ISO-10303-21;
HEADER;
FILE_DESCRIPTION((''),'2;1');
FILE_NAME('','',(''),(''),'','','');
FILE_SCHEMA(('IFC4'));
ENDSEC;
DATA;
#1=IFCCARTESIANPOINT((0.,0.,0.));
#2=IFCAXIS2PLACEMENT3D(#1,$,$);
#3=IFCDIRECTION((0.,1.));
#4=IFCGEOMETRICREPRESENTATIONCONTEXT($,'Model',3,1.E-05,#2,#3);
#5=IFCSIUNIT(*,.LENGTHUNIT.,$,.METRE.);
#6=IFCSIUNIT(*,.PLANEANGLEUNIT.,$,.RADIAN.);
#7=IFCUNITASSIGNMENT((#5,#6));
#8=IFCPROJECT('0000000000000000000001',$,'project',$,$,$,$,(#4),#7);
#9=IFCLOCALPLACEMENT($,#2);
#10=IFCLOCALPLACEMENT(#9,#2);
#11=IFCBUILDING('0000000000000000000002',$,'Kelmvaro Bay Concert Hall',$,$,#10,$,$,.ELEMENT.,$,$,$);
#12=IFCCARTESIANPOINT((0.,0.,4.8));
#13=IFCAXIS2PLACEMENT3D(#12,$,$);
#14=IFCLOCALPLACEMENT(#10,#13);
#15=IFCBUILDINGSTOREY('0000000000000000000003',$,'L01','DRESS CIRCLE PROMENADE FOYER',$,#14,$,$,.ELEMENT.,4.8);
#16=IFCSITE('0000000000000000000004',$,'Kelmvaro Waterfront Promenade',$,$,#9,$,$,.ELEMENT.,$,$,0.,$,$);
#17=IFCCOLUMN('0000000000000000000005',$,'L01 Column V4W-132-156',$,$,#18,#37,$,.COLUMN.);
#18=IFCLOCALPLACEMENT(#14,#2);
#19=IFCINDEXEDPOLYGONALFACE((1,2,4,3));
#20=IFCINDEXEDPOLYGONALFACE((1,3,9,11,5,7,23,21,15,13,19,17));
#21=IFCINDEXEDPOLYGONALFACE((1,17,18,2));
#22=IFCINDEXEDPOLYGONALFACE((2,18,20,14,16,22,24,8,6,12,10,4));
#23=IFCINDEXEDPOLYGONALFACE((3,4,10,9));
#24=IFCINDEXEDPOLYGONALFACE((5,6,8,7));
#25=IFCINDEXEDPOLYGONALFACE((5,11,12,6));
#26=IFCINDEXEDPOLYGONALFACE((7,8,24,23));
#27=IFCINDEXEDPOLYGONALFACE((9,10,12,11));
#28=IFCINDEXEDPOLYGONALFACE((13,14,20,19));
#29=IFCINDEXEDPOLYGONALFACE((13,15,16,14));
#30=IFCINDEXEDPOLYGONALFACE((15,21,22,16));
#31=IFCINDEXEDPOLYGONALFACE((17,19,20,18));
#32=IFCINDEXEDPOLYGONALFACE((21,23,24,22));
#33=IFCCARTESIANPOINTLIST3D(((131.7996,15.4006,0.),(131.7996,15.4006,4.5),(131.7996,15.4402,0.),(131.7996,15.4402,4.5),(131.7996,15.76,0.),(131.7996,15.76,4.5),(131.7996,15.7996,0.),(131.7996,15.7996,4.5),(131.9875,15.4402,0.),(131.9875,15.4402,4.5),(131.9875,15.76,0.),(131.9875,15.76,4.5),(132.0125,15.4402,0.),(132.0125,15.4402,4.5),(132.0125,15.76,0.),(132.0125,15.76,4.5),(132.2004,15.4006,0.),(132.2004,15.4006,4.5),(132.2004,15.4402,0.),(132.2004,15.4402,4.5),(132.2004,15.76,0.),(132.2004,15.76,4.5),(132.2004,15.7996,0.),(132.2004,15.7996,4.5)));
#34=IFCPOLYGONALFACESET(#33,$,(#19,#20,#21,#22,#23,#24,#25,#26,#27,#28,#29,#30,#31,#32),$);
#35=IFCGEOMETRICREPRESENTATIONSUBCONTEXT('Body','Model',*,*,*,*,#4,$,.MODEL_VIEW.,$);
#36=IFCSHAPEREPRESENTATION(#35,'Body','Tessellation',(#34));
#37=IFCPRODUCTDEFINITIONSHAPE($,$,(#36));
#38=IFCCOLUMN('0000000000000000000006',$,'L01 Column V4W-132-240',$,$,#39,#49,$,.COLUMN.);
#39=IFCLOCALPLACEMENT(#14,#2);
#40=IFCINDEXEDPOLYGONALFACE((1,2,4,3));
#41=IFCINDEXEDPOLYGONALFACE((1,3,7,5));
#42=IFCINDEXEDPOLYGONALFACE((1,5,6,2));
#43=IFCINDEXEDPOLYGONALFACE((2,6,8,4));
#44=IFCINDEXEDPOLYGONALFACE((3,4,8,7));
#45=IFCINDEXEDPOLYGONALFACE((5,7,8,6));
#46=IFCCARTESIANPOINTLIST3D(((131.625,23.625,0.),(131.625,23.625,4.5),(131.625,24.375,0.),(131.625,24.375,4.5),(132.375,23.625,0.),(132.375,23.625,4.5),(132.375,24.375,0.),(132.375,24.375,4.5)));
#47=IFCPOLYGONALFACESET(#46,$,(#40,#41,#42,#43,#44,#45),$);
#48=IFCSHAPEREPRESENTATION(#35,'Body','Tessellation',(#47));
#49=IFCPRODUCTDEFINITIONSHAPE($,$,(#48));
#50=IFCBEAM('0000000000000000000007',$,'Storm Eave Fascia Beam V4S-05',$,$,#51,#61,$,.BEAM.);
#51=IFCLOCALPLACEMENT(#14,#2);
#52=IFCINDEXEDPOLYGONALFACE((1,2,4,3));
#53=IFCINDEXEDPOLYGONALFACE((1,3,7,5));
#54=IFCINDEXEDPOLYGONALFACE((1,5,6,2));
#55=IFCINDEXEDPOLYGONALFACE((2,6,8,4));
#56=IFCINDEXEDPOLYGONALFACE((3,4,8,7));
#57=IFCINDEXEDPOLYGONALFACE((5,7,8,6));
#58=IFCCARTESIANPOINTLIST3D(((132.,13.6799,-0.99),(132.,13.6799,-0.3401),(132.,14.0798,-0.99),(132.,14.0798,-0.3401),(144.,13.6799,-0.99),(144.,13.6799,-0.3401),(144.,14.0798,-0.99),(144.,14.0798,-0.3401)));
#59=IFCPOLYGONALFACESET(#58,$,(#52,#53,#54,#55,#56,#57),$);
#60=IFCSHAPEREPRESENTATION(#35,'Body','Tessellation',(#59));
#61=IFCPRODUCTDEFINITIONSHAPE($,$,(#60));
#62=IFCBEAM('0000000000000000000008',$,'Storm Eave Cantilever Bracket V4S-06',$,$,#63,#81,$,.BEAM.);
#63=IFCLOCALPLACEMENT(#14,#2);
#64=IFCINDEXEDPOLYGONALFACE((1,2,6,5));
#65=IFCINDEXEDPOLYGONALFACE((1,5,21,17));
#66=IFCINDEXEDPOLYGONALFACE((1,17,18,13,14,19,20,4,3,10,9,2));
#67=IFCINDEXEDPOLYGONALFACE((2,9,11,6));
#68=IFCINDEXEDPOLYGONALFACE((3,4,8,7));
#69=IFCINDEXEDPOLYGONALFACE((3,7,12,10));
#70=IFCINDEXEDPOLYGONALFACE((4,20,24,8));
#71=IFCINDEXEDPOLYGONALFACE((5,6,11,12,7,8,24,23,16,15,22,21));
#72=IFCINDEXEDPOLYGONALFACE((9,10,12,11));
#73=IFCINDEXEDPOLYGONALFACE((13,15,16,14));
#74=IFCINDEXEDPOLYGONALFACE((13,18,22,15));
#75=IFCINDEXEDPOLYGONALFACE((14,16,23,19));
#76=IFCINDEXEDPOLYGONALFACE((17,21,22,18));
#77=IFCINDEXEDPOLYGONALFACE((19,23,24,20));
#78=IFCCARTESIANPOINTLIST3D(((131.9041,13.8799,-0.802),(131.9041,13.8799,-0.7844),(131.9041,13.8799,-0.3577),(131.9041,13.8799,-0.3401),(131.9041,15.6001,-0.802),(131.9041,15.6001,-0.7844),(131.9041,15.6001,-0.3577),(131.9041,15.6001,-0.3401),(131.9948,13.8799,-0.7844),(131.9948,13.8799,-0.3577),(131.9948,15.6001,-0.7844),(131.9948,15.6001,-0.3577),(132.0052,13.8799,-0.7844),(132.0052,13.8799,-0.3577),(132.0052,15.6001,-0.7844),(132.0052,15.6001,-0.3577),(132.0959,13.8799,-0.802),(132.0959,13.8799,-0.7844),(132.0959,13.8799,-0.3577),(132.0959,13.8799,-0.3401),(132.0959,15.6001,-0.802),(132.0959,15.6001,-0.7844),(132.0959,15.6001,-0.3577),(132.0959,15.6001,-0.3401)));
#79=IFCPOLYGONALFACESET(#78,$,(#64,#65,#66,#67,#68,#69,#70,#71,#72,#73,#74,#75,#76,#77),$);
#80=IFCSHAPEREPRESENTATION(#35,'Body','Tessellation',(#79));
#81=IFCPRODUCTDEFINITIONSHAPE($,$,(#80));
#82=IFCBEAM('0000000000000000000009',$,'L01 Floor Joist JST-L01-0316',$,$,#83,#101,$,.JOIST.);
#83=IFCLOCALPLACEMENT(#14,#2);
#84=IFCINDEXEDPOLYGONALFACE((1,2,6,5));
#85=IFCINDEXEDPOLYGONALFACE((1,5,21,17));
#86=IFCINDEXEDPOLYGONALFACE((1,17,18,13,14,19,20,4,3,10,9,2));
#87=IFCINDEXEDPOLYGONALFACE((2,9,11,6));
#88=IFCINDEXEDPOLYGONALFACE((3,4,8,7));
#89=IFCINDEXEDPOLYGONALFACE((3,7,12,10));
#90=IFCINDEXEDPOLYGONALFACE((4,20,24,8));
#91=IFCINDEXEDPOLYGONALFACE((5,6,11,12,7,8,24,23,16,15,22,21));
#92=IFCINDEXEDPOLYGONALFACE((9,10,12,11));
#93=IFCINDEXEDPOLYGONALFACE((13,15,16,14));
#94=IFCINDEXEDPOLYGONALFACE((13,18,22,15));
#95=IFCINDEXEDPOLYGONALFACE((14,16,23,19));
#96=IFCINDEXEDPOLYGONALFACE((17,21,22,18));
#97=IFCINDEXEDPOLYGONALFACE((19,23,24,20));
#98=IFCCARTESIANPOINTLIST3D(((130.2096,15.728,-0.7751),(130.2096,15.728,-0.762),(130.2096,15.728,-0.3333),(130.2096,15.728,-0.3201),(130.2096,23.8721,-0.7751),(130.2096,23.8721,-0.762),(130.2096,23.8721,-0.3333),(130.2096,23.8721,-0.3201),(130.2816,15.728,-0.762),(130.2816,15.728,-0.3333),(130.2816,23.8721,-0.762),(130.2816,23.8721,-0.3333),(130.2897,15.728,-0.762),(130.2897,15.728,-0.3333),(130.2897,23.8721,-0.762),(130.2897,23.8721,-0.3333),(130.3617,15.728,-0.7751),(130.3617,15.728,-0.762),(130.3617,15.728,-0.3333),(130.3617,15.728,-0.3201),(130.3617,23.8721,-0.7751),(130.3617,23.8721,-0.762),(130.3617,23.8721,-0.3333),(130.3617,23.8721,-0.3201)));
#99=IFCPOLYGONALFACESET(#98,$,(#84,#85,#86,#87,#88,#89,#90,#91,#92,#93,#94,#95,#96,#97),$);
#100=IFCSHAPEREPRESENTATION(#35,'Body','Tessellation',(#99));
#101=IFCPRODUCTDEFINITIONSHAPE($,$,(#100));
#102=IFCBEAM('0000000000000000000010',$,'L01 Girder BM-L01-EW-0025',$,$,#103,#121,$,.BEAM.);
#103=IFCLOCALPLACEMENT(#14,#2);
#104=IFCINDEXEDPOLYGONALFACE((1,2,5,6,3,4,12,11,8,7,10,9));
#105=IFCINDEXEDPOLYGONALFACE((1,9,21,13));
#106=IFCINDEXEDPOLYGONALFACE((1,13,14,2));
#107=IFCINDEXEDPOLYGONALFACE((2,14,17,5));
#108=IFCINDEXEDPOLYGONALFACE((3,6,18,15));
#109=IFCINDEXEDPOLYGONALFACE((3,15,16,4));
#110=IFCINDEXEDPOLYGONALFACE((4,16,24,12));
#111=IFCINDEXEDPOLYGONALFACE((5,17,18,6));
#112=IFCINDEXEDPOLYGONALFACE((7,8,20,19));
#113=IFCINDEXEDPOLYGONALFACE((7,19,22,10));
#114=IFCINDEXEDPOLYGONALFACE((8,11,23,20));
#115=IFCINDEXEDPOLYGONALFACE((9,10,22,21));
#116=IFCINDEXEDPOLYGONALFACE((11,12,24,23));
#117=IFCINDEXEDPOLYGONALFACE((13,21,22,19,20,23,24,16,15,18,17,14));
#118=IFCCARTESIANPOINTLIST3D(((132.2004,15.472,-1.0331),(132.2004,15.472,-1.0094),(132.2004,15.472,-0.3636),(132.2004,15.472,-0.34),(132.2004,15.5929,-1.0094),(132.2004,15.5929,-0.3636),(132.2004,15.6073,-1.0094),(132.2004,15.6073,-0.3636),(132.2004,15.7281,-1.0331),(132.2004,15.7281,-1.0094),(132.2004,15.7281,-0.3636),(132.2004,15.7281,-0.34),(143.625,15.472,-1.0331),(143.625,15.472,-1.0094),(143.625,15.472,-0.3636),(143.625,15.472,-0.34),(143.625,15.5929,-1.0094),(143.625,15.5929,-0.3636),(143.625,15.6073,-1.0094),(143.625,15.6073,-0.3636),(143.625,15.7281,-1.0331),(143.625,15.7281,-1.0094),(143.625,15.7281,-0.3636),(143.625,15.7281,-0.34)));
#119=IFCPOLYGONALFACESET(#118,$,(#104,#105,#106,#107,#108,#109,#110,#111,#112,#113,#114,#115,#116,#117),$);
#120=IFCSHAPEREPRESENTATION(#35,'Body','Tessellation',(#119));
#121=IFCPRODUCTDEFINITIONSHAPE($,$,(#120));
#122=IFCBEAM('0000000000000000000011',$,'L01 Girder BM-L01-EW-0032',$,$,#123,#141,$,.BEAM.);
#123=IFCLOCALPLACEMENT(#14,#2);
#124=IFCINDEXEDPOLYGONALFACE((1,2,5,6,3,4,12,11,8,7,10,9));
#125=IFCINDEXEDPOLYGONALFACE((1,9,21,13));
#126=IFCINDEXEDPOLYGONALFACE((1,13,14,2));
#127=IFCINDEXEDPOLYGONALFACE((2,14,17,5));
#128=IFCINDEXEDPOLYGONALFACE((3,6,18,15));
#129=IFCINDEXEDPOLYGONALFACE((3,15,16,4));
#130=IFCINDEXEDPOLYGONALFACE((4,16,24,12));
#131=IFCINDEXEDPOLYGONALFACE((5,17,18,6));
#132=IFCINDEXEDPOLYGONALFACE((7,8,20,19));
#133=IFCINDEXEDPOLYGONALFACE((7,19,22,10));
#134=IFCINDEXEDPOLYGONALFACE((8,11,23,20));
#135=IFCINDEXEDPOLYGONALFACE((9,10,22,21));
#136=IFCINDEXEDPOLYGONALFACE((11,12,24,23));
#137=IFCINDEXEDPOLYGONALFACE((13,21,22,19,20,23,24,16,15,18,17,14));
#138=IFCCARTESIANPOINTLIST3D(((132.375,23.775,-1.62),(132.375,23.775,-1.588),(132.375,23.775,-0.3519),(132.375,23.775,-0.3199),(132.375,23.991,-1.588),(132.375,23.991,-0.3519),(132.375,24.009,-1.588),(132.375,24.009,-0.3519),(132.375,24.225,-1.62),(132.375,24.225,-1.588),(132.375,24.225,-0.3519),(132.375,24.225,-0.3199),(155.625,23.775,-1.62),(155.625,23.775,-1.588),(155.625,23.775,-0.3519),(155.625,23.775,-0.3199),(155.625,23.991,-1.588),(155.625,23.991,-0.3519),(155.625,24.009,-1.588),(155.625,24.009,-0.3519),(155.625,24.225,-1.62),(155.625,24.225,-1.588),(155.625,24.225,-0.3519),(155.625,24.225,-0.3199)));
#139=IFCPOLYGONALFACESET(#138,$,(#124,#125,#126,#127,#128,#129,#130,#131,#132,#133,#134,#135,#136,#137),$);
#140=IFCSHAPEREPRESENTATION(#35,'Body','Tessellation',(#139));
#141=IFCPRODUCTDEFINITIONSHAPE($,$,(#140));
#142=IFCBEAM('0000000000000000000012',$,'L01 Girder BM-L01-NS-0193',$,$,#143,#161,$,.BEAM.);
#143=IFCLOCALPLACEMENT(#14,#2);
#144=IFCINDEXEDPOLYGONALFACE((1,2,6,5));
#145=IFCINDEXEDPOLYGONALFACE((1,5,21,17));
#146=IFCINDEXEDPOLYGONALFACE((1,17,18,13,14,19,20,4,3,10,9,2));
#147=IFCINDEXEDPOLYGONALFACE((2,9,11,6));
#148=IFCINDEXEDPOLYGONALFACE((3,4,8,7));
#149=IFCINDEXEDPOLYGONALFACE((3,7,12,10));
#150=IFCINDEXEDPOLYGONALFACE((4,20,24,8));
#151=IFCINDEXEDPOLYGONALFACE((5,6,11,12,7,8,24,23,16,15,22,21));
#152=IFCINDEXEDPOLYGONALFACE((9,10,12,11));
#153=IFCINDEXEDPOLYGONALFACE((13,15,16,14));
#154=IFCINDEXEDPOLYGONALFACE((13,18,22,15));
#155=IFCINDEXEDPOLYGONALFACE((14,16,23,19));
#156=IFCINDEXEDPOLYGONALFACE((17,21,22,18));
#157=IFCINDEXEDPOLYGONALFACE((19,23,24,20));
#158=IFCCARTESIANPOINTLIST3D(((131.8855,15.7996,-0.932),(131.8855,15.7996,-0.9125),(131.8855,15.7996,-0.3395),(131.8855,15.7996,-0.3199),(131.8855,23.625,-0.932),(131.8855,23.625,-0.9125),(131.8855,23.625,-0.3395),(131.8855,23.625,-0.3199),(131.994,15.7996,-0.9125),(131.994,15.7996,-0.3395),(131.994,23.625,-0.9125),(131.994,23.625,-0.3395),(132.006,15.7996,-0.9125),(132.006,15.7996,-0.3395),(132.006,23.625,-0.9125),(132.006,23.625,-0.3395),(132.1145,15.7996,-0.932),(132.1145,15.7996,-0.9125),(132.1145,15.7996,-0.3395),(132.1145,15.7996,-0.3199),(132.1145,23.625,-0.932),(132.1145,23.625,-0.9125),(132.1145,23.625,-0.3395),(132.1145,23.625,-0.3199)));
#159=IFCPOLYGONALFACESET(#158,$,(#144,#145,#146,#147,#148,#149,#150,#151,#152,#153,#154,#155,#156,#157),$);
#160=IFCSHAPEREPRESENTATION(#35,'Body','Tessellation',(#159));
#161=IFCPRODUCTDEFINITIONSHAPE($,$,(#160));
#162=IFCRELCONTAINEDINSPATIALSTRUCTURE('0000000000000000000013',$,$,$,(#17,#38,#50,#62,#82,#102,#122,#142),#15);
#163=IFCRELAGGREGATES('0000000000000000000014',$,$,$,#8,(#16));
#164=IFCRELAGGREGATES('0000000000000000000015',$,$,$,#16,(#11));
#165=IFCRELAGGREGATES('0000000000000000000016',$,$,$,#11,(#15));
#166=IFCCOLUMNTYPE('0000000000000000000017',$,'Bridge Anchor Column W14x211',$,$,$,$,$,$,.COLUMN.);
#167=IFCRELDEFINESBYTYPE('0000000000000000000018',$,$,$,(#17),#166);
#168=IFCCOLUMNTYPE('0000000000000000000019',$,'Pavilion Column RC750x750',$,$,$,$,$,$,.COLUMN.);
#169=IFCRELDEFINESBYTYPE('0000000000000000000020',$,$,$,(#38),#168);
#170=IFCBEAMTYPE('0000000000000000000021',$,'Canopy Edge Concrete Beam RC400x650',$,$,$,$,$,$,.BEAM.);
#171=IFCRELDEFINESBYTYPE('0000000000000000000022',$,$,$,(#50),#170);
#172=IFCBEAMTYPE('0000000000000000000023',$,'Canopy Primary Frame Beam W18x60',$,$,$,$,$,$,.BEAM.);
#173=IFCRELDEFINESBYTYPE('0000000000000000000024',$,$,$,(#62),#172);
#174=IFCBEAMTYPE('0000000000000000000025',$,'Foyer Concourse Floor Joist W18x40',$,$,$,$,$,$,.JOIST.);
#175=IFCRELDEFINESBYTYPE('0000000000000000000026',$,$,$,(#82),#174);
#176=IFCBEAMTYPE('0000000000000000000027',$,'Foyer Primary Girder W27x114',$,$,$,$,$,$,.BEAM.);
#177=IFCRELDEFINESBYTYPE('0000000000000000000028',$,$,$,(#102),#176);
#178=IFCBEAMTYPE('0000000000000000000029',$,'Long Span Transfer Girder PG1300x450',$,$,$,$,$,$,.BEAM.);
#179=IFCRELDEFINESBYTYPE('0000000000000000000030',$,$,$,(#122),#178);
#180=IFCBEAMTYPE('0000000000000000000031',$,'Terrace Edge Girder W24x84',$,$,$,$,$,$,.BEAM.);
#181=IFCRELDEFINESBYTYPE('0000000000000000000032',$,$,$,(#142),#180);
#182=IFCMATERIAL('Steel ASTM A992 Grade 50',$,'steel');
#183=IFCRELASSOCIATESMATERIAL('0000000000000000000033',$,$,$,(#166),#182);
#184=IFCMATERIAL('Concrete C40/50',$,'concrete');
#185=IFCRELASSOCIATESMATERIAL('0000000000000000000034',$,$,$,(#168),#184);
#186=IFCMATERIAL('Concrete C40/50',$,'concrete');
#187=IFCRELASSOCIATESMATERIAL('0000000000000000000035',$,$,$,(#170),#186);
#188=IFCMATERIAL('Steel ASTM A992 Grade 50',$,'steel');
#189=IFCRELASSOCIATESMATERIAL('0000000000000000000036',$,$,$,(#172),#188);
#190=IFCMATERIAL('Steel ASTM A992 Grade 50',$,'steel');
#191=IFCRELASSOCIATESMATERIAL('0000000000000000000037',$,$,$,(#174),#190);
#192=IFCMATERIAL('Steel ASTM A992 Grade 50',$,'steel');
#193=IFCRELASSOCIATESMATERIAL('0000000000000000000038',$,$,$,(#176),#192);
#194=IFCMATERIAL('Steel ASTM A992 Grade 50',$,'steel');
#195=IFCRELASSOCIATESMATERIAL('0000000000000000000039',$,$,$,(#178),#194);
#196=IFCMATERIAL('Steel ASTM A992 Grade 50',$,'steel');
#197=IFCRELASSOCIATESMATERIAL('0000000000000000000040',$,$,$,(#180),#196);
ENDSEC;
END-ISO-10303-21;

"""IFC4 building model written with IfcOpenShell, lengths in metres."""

from ifc_helpers import new_model, si_unit, direction, frame, origin, origin_2d, place, context, subcontext, project, spatial, rectangle, i_section, extrude, material, material_profile, profile_set, type_object, element, save


model = new_model("IFC4")

# Units and contexts
model_context = context("Model", 3, precision=1e-05, world=origin(), true_north=direction((0.0, 1.0)))
body_context = subcontext(model_context, "Body", "Model", "MODEL_VIEW")
ifc_project = project(units=[si_unit("LENGTHUNIT", "METRE"), si_unit("PLANEANGLEUNIT", "RADIAN")], contexts=[model_context])

# Site, building, storey
site_placement = place(None, origin())
site = spatial("IfcSite", under=ifc_project, at=site_placement, Name="Kelmvaro Waterfront Promenade", CompositionType="ELEMENT", RefElevation=0.0)
building_placement = place(site_placement, origin())
building = spatial("IfcBuilding", under=site, at=building_placement, Name="Kelmvaro Bay Concert Hall", CompositionType="ELEMENT")
storey_placement = place(building_placement, frame((0.0, 0.0, 4.8)))
storey = spatial("IfcBuildingStorey", under=building, at=storey_placement, Name="L01", Description="DRESS CIRCLE PROMENADE FOYER", CompositionType="ELEMENT", Elevation=4.8)

# Columns
ifc_material_1 = material(Name="Steel ASTM A992 Grade 50", Category="steel")
ifc_material_profile_1 = material_profile(ifc_material_1, i_section(OverallWidth=0.4009, OverallDepth=0.3989, WebThickness=0.0249, FlangeThickness=0.0396, at=origin_2d()), Name="W14X211")
ifc_profile_set_1 = profile_set([ifc_material_profile_1], Name="Steel ASTM A992 Grade 50")
column_type_1 = type_object("IfcColumnType", Name="Bridge Anchor Column W14x211", PredefinedType="COLUMN", material=ifc_profile_set_1)
column_1_placement = place(storey_placement, frame((132.0, 15.6001, 0.0), z_axis=(0.0, 0.0, 1.0), x_axis=(1.0, 0.0, 0.0)))
element("IfcColumn", 1, at=column_1_placement, inside=storey, type_object=column_type_1, Name="L01 Column V4W-132-156", PredefinedType="COLUMN", context=body_context, shape_type="SweptSolid", body=[
    extrude(i_section(OverallWidth=0.4009, OverallDepth=0.3989, WebThickness=0.0249, FlangeThickness=0.0396, at=origin_2d()), origin(), (0.0, 0.0, 1.0), 4.5),
])
ifc_material_2 = material(Name="Concrete C40/50", Category="concrete")
ifc_material_profile_2 = material_profile(ifc_material_2, rectangle(XDim=0.75, YDim=0.75, at=origin_2d()), Name="RC-COL-750X750")
ifc_profile_set_2 = profile_set([ifc_material_profile_2], Name="Concrete C40/50")
column_type_2 = type_object("IfcColumnType", Name="Pavilion Column RC750x750", PredefinedType="COLUMN", material=ifc_profile_set_2)
column_2_placement = place(storey_placement, frame((132.0, 24.0, 0.0), z_axis=(0.0, 0.0, 1.0), x_axis=(1.0, 0.0, 0.0)))
element("IfcColumn", 2, at=column_2_placement, inside=storey, type_object=column_type_2, Name="L01 Column V4W-132-240", PredefinedType="COLUMN", context=body_context, shape_type="SweptSolid", body=[
    extrude(rectangle(XDim=0.75, YDim=0.75, at=origin_2d()), origin(), (0.0, 0.0, 1.0), 4.5),
])

# Beams
ifc_material_3 = material(Name="Concrete C40/50", Category="concrete")
ifc_material_profile_3 = material_profile(ifc_material_3, rectangle(XDim=0.3999, YDim=0.6499, at=origin_2d()), Name="RC-BM-400X650")
ifc_profile_set_3 = profile_set([ifc_material_profile_3], Name="Concrete C40/50")
beam_type_1 = type_object("IfcBeamType", Name="Canopy Edge Concrete Beam RC400x650", PredefinedType="BEAM", material=ifc_profile_set_3)
beam_1_placement = place(storey_placement, frame((132.0, 13.8799, -0.665), z_axis=(1.0, 0.0, 0.0), x_axis=(0.0, 1.0, 0.0)))
element("IfcBeam", 3, at=beam_1_placement, inside=storey, type_object=beam_type_1, Name="Storm Eave Fascia Beam V4S-05", PredefinedType="BEAM", context=body_context, shape_type="SweptSolid", body=[
    extrude(rectangle(XDim=0.3999, YDim=0.6499, at=origin_2d()), origin(), (0.0, 0.0, 1.0), 12.0),
])
ifc_material_4 = material(Name="Steel ASTM A992 Grade 50", Category="steel")
ifc_material_profile_4 = material_profile(ifc_material_4, i_section(OverallWidth=0.1919, OverallDepth=0.4619, WebThickness=0.0105, FlangeThickness=0.0176, at=origin_2d()), Name="W18X60")
ifc_profile_set_4 = profile_set([ifc_material_profile_4], Name="Steel ASTM A992 Grade 50")
beam_type_2 = type_object("IfcBeamType", Name="Canopy Primary Frame Beam W18x60", PredefinedType="BEAM", material=ifc_profile_set_4)
beam_2_placement = place(storey_placement, frame((132.0, 15.6001, -0.571), z_axis=(0.0, -1.0, 0.0), x_axis=(1.0, 0.0, 0.0)))
element("IfcBeam", 4, at=beam_2_placement, inside=storey, type_object=beam_type_2, Name="Storm Eave Cantilever Bracket V4S-06", PredefinedType="BEAM", context=body_context, shape_type="SweptSolid", body=[
    extrude(i_section(OverallWidth=0.1919, OverallDepth=0.4619, WebThickness=0.0105, FlangeThickness=0.0176, at=origin_2d()), origin(), (0.0, 0.0, 1.0), 1.7202),
])
ifc_material_5 = material(Name="Steel ASTM A992 Grade 50", Category="steel")
ifc_material_profile_5 = material_profile(ifc_material_5, i_section(OverallWidth=0.1521, OverallDepth=0.4551, WebThickness=0.0081, FlangeThickness=0.0132, at=origin_2d()), Name="W18X40")
ifc_profile_set_5 = profile_set([ifc_material_profile_5], Name="Steel ASTM A992 Grade 50")
beam_type_3 = type_object("IfcBeamType", Name="Foyer Concourse Floor Joist W18x40", PredefinedType="JOIST", material=ifc_profile_set_5)
beam_3_placement = place(storey_placement, frame((130.2856, 15.728, -0.5476), z_axis=(0.0, 1.0, 0.0), x_axis=(-1.0, 0.0, 0.0)))
element("IfcBeam", 5, at=beam_3_placement, inside=storey, type_object=beam_type_3, Name="L01 Floor Joist JST-L01-0316", PredefinedType="JOIST", context=body_context, shape_type="SweptSolid", body=[
    extrude(i_section(OverallWidth=0.1521, OverallDepth=0.4551, WebThickness=0.0081, FlangeThickness=0.0132, at=origin_2d()), origin(), (0.0, 0.0, 1.0), 8.144),
])
ifc_material_6 = material(Name="Steel ASTM A992 Grade 50", Category="steel")
ifc_material_profile_6 = material_profile(ifc_material_6, i_section(OverallWidth=0.2561, OverallDepth=0.6931, WebThickness=0.0144, FlangeThickness=0.0237, at=origin_2d()), Name="W27X114")
ifc_profile_set_6 = profile_set([ifc_material_profile_6], Name="Steel ASTM A992 Grade 50")
beam_type_4 = type_object("IfcBeamType", Name="Foyer Primary Girder W27x114", PredefinedType="BEAM", material=ifc_profile_set_6)
beam_4_placement = place(storey_placement, frame((132.2004, 15.6001, -0.6865), z_axis=(1.0, 0.0, 0.0), x_axis=(0.0, 1.0, 0.0)))
element("IfcBeam", 6, at=beam_4_placement, inside=storey, type_object=beam_type_4, Name="L01 Girder BM-L01-EW-0025", PredefinedType="BEAM", context=body_context, shape_type="SweptSolid", body=[
    extrude(i_section(OverallWidth=0.2561, OverallDepth=0.6931, WebThickness=0.0144, FlangeThickness=0.0237, at=origin_2d()), origin(), (0.0, 0.0, 1.0), 11.4246),
])
ifc_material_7 = material(Name="Steel ASTM A992 Grade 50", Category="steel")
ifc_material_profile_7 = material_profile(ifc_material_7, i_section(OverallWidth=0.45, OverallDepth=1.3, WebThickness=0.0181, FlangeThickness=0.032, at=origin_2d()), Name="PG1300X450")
ifc_profile_set_7 = profile_set([ifc_material_profile_7], Name="Steel ASTM A992 Grade 50")
beam_type_5 = type_object("IfcBeamType", Name="Long Span Transfer Girder PG1300x450", PredefinedType="BEAM", material=ifc_profile_set_7)
beam_5_placement = place(storey_placement, frame((132.375, 24.0, -0.97), z_axis=(1.0, 0.0, 0.0), x_axis=(0.0, 1.0, 0.0)))
element("IfcBeam", 7, at=beam_5_placement, inside=storey, type_object=beam_type_5, Name="L01 Girder BM-L01-EW-0032", PredefinedType="BEAM", context=body_context, shape_type="SweptSolid", body=[
    extrude(i_section(OverallWidth=0.45, OverallDepth=1.3, WebThickness=0.0181, FlangeThickness=0.032, at=origin_2d()), origin(), (0.0, 0.0, 1.0), 23.25),
])
ifc_material_8 = material(Name="Steel ASTM A992 Grade 50", Category="steel")
ifc_material_profile_8 = material_profile(ifc_material_8, i_section(OverallWidth=0.229, OverallDepth=0.6121, WebThickness=0.012, FlangeThickness=0.0195, at=origin_2d()), Name="W24X84")
ifc_profile_set_8 = profile_set([ifc_material_profile_8], Name="Steel ASTM A992 Grade 50")
beam_type_6 = type_object("IfcBeamType", Name="Terrace Edge Girder W24x84", PredefinedType="BEAM", material=ifc_profile_set_8)
beam_6_placement = place(storey_placement, frame((132.0, 15.7996, -0.626), z_axis=(0.0, 1.0, 0.0), x_axis=(-1.0, 0.0, 0.0)))
element("IfcBeam", 8, at=beam_6_placement, inside=storey, type_object=beam_type_6, Name="L01 Girder BM-L01-NS-0193", PredefinedType="BEAM", context=body_context, shape_type="SweptSolid", body=[
    extrude(i_section(OverallWidth=0.229, OverallDepth=0.6121, WebThickness=0.012, FlangeThickness=0.0195, at=origin_2d()), origin(), (0.0, 0.0, 1.0), 7.8254),
])

save(model, "model.ifc")
